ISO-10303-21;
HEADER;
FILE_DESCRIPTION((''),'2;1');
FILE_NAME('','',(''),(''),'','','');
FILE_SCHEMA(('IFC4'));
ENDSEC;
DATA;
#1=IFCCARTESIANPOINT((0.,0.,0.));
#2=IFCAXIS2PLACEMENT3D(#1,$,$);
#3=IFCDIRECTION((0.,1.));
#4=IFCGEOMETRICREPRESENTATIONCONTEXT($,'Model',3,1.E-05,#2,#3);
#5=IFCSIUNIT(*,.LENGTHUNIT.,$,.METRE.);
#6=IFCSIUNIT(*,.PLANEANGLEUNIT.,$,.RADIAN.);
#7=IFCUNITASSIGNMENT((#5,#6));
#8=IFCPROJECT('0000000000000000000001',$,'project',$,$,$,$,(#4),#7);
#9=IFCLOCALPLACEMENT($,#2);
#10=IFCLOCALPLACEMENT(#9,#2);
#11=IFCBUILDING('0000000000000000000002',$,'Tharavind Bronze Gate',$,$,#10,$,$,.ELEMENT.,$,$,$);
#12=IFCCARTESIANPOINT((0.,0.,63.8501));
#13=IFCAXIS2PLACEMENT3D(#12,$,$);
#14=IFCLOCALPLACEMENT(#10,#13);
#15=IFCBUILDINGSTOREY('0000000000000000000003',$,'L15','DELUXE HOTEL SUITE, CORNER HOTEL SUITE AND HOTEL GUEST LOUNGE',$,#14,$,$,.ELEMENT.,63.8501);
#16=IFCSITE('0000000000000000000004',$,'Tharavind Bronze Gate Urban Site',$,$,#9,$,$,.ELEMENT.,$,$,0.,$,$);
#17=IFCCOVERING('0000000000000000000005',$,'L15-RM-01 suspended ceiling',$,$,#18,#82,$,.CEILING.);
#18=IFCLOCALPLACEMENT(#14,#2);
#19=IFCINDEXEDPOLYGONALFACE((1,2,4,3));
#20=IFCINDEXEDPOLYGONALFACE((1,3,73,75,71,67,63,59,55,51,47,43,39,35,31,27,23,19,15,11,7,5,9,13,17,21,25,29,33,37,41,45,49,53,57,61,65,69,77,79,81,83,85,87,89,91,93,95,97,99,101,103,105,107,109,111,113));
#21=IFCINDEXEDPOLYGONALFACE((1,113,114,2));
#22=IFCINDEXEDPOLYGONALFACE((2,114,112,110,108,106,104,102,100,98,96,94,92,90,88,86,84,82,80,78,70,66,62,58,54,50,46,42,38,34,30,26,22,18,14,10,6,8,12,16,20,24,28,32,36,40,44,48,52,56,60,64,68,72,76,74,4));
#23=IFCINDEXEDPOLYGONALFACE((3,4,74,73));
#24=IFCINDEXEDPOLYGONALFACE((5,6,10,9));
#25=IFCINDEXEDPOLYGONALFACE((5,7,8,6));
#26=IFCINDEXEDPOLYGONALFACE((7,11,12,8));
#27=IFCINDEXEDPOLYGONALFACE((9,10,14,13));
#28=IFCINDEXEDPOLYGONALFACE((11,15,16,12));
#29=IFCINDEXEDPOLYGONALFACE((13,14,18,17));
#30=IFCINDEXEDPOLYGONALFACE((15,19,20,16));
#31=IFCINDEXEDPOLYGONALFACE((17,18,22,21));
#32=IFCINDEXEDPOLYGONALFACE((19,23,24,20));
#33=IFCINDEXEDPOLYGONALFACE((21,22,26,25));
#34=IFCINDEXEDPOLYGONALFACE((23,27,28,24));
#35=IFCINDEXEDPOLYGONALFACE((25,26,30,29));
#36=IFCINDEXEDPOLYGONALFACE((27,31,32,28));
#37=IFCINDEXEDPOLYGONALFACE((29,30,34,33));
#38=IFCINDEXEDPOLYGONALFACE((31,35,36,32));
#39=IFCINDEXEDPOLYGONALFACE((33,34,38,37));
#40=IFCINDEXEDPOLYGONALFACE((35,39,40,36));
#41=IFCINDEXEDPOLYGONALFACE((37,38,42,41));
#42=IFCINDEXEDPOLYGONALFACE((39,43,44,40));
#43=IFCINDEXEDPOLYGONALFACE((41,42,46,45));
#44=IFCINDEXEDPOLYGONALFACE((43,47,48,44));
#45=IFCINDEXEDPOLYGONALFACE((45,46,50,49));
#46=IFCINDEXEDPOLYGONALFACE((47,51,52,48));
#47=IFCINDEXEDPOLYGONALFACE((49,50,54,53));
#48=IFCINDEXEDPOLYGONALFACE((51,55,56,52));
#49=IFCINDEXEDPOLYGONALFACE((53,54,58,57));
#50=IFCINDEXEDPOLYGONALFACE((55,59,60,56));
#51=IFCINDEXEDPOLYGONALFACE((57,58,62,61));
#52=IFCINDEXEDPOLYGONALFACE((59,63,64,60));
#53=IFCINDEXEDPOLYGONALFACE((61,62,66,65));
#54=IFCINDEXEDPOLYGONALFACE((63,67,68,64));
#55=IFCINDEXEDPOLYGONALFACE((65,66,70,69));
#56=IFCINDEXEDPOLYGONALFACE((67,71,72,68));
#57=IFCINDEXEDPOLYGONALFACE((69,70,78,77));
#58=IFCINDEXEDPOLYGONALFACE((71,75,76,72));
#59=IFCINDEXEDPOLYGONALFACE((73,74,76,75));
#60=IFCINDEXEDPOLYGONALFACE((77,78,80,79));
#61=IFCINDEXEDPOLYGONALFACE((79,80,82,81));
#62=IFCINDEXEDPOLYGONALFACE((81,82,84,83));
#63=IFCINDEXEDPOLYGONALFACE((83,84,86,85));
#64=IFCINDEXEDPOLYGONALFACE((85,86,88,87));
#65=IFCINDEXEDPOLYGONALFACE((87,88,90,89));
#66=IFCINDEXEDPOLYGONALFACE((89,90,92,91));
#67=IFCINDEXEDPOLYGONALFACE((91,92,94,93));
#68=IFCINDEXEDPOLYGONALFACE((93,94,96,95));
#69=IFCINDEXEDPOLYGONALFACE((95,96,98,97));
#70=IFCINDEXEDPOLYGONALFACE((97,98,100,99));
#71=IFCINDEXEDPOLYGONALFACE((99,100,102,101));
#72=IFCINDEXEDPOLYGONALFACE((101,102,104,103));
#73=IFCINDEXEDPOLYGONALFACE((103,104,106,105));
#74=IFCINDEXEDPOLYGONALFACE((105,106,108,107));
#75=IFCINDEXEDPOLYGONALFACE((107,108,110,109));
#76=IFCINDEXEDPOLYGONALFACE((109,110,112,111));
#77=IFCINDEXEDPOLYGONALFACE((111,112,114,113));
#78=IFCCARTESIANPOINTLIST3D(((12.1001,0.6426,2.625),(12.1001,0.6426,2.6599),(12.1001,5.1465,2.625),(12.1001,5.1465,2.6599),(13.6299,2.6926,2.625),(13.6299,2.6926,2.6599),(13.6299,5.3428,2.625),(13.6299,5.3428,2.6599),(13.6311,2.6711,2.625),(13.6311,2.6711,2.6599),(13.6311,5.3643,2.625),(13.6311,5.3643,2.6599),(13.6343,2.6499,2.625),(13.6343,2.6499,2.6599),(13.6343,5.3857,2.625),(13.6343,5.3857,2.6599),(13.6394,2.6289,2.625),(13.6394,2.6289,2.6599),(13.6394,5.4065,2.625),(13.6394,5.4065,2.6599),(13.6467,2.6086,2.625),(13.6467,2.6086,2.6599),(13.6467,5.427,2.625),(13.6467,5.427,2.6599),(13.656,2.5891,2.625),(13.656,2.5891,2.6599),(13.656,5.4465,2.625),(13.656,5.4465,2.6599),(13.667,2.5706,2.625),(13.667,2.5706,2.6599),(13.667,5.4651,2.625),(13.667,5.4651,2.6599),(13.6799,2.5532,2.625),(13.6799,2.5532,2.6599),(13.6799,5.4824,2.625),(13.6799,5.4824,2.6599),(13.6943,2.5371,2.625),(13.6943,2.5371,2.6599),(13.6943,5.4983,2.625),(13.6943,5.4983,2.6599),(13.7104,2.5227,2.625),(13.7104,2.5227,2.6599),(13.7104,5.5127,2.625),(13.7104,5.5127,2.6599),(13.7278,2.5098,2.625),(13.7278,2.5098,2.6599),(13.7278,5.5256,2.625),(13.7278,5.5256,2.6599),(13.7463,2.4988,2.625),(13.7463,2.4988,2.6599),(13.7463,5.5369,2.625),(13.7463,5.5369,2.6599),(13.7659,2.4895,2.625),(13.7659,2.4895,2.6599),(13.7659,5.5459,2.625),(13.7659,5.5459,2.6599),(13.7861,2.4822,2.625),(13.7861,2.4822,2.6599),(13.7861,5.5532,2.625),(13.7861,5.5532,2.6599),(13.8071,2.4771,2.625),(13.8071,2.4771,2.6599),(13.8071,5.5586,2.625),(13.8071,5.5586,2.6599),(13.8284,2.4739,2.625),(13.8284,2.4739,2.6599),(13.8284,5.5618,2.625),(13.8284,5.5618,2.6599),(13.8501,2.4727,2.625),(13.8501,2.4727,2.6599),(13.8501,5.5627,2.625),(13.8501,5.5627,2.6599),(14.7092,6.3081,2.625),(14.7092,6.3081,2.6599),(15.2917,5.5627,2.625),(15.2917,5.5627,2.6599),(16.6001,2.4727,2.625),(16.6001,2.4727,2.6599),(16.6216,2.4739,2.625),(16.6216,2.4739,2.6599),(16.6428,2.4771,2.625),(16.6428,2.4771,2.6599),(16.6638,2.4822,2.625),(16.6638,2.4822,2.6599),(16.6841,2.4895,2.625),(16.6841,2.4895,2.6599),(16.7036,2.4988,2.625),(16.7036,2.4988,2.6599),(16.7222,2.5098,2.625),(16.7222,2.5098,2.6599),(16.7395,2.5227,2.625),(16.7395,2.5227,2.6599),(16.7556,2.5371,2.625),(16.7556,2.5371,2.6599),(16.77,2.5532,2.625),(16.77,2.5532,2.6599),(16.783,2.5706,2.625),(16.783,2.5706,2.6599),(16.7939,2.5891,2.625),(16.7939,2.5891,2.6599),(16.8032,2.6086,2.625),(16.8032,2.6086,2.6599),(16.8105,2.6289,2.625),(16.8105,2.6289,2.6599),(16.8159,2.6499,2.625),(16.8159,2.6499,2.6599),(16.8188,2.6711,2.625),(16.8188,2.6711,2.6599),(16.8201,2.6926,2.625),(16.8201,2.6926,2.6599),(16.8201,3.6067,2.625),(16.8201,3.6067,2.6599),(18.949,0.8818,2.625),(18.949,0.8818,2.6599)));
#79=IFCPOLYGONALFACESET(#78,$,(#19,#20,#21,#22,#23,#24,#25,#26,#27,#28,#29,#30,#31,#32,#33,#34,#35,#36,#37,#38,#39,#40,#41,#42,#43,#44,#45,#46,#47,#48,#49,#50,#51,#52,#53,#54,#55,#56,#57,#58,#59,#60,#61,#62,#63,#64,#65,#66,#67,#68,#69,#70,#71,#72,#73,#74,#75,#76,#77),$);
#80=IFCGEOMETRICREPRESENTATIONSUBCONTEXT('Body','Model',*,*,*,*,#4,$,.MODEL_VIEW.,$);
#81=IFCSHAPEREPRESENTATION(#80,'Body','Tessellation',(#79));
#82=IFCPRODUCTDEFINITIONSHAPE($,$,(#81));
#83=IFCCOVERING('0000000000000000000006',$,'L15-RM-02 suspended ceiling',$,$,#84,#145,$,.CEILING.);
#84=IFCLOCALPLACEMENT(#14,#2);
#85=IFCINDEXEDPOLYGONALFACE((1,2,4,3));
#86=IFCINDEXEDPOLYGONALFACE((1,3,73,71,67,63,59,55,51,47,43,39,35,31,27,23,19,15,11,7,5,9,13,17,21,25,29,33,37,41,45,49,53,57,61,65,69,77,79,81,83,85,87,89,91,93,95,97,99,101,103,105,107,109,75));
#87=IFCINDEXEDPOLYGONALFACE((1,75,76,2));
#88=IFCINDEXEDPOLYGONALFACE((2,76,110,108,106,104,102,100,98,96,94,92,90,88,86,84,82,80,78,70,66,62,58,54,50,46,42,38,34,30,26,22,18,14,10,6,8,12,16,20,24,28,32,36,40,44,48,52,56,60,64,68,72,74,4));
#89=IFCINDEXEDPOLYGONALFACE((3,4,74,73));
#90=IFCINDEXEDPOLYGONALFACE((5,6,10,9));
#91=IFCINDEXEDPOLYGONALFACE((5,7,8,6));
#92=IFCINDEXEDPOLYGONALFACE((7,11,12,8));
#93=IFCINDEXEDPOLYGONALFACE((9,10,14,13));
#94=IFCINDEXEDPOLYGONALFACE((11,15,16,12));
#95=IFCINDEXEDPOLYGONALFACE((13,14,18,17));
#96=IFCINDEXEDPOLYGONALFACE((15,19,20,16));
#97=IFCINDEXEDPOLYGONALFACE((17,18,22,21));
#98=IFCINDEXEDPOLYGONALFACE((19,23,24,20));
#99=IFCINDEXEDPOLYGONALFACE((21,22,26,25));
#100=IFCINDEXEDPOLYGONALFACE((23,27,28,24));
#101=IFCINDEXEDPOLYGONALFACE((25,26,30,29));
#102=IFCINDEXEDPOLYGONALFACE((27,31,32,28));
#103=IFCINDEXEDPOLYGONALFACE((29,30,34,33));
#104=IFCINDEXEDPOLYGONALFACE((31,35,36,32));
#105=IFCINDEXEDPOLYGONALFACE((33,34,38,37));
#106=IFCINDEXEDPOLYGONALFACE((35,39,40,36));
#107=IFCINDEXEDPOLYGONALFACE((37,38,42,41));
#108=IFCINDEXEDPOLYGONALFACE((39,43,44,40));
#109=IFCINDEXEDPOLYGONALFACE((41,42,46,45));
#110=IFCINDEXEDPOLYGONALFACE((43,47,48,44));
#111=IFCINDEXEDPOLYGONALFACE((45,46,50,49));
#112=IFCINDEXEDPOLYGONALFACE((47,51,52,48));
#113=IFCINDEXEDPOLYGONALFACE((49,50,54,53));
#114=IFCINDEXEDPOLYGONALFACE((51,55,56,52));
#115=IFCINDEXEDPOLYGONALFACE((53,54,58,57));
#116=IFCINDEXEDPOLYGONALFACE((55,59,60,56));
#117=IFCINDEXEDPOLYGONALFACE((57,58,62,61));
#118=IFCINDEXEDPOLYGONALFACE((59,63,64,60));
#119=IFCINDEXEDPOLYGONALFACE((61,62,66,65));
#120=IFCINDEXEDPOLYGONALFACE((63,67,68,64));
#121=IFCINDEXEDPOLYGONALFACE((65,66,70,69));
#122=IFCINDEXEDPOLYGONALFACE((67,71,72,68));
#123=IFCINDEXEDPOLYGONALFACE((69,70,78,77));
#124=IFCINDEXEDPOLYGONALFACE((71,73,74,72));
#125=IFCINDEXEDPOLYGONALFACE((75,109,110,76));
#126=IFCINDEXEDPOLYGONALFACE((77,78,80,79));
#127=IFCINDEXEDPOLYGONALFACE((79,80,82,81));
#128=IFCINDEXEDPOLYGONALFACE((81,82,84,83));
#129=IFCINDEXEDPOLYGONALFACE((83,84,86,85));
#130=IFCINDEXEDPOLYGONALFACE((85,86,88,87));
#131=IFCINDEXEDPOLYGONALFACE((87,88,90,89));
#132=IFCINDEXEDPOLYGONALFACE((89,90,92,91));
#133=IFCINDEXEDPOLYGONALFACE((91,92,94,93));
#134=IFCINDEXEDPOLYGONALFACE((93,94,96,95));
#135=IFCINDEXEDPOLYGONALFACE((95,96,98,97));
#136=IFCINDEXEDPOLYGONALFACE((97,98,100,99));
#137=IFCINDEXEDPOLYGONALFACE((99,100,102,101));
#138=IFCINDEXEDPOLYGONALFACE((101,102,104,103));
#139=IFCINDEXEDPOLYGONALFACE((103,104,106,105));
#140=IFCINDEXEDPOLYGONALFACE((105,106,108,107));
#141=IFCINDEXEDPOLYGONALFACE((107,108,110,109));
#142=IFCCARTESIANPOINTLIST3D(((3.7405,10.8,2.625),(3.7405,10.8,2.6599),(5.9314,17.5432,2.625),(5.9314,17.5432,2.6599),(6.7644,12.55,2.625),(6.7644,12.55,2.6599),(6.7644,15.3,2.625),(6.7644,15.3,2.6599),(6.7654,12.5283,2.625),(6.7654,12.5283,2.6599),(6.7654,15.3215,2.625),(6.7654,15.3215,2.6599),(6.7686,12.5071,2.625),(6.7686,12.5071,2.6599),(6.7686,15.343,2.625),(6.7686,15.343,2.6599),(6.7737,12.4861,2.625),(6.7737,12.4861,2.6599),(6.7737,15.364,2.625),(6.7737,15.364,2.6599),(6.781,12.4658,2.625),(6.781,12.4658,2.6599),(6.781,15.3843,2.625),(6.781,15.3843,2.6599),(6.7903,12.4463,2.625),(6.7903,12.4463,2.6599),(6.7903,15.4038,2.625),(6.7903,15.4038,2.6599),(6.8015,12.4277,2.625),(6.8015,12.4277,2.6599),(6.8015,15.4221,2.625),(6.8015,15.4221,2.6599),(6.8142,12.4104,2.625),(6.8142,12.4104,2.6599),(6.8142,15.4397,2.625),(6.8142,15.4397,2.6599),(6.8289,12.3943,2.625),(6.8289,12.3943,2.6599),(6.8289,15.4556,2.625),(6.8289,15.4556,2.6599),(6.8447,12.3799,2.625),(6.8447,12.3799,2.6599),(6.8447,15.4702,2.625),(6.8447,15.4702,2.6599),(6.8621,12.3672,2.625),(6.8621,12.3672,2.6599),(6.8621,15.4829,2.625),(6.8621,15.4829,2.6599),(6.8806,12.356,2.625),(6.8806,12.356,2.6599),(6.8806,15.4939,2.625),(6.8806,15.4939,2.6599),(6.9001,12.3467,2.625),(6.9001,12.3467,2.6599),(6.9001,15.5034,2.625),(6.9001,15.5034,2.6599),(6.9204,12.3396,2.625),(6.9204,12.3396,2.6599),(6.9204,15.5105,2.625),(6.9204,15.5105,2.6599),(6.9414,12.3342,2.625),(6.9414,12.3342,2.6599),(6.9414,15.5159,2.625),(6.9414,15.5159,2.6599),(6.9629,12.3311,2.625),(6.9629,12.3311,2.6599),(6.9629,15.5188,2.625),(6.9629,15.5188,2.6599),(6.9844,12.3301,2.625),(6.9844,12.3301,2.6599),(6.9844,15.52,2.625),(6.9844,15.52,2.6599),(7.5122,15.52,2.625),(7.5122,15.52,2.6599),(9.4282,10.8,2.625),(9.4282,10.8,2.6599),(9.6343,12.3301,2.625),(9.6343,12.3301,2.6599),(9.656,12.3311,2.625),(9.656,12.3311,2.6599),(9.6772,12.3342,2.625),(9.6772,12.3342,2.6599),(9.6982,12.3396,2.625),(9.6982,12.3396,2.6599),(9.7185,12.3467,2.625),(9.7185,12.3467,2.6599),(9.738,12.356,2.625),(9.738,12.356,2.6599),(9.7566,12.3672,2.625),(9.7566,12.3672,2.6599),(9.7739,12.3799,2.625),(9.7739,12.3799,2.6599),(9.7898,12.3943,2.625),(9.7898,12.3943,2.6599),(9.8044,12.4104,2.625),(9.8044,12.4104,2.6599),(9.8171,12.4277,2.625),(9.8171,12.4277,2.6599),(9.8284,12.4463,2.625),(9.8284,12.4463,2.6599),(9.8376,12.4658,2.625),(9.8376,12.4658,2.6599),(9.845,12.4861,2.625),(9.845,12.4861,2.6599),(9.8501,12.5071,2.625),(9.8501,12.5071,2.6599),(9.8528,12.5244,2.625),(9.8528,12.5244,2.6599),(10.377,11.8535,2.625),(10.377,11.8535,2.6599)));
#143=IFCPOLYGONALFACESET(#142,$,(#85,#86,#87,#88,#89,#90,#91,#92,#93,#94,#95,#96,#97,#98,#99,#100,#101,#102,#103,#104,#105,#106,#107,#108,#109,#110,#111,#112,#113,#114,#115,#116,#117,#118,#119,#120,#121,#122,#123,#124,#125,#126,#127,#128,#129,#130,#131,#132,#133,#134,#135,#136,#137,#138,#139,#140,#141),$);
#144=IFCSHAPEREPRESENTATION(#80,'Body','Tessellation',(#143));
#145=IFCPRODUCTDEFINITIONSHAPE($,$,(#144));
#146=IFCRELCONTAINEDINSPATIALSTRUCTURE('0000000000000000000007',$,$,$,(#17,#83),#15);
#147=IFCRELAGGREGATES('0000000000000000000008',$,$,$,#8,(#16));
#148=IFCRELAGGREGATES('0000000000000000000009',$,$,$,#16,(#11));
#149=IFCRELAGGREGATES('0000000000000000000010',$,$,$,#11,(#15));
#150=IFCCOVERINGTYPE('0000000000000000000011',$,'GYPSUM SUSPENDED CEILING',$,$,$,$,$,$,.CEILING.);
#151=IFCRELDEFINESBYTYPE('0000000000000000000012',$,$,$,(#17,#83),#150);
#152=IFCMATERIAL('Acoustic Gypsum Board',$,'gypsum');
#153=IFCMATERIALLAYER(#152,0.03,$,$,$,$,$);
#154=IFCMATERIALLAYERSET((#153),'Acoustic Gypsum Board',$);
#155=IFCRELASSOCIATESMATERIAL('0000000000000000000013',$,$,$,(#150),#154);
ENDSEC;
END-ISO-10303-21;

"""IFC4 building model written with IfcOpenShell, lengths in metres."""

from ifc_helpers import new_model, si_unit, direction, frame, origin, place, context, subcontext, project, spatial, polyline, outline, extrude, material, layer, layer_set, type_object, element, save


model = new_model("IFC4")

# Units and contexts
model_context = context("Model", 3, precision=1e-05, world=origin(), true_north=direction((0.0, 1.0)))
body_context = subcontext(model_context, "Body", "Model", "MODEL_VIEW")
ifc_project = project(units=[si_unit("LENGTHUNIT", "METRE"), si_unit("PLANEANGLEUNIT", "RADIAN")], contexts=[model_context])

# Site, building, storey
site_placement = place(None, origin())
site = spatial("IfcSite", under=ifc_project, at=site_placement, Name="Tharavind Bronze Gate Urban Site", CompositionType="ELEMENT", RefElevation=0.0)
building_placement = place(site_placement, origin())
building = spatial("IfcBuilding", under=site, at=building_placement, Name="Tharavind Bronze Gate", CompositionType="ELEMENT")
storey_placement = place(building_placement, frame((0.0, 0.0, 63.8501)))
storey = spatial("IfcBuildingStorey", under=building, at=storey_placement, Name="L15", Description="DELUXE HOTEL SUITE, CORNER HOTEL SUITE AND HOTEL GUEST LOUNGE", CompositionType="ELEMENT", Elevation=63.8501)

# Coverings
ifc_material_1 = material(Name="Acoustic Gypsum Board", Category="gypsum")
ifc_layer_1 = layer(ifc_material_1, 0.03)
ifc_layer_set_1 = layer_set([ifc_layer_1], Name="Acoustic Gypsum Board")
covering_type_1 = type_object("IfcCoveringType", Name="GYPSUM SUSPENDED CEILING", PredefinedType="CEILING", material=ifc_layer_set_1)
covering_1_placement = place(storey_placement, frame((0.0, 0.0, 2.625)))
element("IfcCovering", 1, at=covering_1_placement, inside=storey, type_object=covering_type_1, Name="L15-RM-01 suspended ceiling", PredefinedType="CEILING", context=body_context, shape_type="SweptSolid", body=[
    extrude(outline(polyline([(18.949, 0.8818), (16.8201, 3.6067), (16.8201, 2.6926), (16.8188, 2.6711), (16.8159, 2.6499), (16.8105, 2.6289), (16.8032, 2.6086), (16.7939, 2.5891), (16.783, 2.5706), (16.77, 2.5532), (16.7556, 2.5371), (16.7395, 2.5227), (16.7222, 2.5098), (16.7036, 2.4988), (16.6841, 2.4895), (16.6638, 2.4822), (16.6428, 2.4771), (16.6216, 2.4739), (16.6001, 2.4727), (13.8501, 2.4727), (13.8284, 2.4739), (13.8071, 2.4771), (13.7861, 2.4822), (13.7659, 2.4895), (13.7463, 2.4988), (13.7278, 2.5098), (13.7104, 2.5227), (13.6943, 2.5371), (13.6799, 2.5532), (13.667, 2.5706), (13.656, 2.5891), (13.6467, 2.6086), (13.6394, 2.6289), (13.6343, 2.6499), (13.6311, 2.6711), (13.6299, 2.6926), (13.6299, 5.3428), (13.6311, 5.3643), (13.6343, 5.3857), (13.6394, 5.4065), (13.6467, 5.427), (13.656, 5.4465), (13.667, 5.4651), (13.6799, 5.4824), (13.6943, 5.4983), (13.7104, 5.5127), (13.7278, 5.5256), (13.7463, 5.5369), (13.7659, 5.5459), (13.7861, 5.5532), (13.8071, 5.5586), (13.8284, 5.5618), (13.8501, 5.5627), (15.2917, 5.5627), (14.7092, 6.3081), (12.1001, 5.1465), (12.1001, 0.6426), (18.949, 0.8818)])), origin(), (0.0, 0.0, 1.0), 0.0349),
])
covering_2_placement = place(storey_placement, frame((0.0, 0.0, 2.625)))
element("IfcCovering", 2, at=covering_2_placement, inside=storey, type_object=covering_type_1, Name="L15-RM-02 suspended ceiling", PredefinedType="CEILING", context=body_context, shape_type="SweptSolid", body=[
    extrude(outline(polyline([(9.4282, 10.8), (10.377, 11.8535), (9.8528, 12.5244), (9.8501, 12.5071), (9.845, 12.4861), (9.8376, 12.4658), (9.8284, 12.4463), (9.8171, 12.4277), (9.8044, 12.4104), (9.7898, 12.3943), (9.7739, 12.3799), (9.7566, 12.3672), (9.738, 12.356), (9.7185, 12.3467), (9.6982, 12.3396), (9.6772, 12.3342), (9.656, 12.3311), (9.6343, 12.3301), (6.9844, 12.3301), (6.9629, 12.3311), (6.9414, 12.3342), (6.9204, 12.3396), (6.9001, 12.3467), (6.8806, 12.356), (6.8621, 12.3672), (6.8447, 12.3799), (6.8289, 12.3943), (6.8142, 12.4104), (6.8015, 12.4277), (6.7903, 12.4463), (6.781, 12.4658), (6.7737, 12.4861), (6.7686, 12.5071), (6.7654, 12.5283), (6.7644, 12.55), (6.7644, 15.3), (6.7654, 15.3215), (6.7686, 15.343), (6.7737, 15.364), (6.781, 15.3843), (6.7903, 15.4038), (6.8015, 15.4221), (6.8142, 15.4397), (6.8289, 15.4556), (6.8447, 15.4702), (6.8621, 15.4829), (6.8806, 15.4939), (6.9001, 15.5034), (6.9204, 15.5105), (6.9414, 15.5159), (6.9629, 15.5188), (6.9844, 15.52), (7.5122, 15.52), (5.9314, 17.5432), (3.7405, 10.8), (9.4282, 10.8)])), origin(), (0.0, 0.0, 1.0), 0.0349),
])

save(model, "model.ifc")
